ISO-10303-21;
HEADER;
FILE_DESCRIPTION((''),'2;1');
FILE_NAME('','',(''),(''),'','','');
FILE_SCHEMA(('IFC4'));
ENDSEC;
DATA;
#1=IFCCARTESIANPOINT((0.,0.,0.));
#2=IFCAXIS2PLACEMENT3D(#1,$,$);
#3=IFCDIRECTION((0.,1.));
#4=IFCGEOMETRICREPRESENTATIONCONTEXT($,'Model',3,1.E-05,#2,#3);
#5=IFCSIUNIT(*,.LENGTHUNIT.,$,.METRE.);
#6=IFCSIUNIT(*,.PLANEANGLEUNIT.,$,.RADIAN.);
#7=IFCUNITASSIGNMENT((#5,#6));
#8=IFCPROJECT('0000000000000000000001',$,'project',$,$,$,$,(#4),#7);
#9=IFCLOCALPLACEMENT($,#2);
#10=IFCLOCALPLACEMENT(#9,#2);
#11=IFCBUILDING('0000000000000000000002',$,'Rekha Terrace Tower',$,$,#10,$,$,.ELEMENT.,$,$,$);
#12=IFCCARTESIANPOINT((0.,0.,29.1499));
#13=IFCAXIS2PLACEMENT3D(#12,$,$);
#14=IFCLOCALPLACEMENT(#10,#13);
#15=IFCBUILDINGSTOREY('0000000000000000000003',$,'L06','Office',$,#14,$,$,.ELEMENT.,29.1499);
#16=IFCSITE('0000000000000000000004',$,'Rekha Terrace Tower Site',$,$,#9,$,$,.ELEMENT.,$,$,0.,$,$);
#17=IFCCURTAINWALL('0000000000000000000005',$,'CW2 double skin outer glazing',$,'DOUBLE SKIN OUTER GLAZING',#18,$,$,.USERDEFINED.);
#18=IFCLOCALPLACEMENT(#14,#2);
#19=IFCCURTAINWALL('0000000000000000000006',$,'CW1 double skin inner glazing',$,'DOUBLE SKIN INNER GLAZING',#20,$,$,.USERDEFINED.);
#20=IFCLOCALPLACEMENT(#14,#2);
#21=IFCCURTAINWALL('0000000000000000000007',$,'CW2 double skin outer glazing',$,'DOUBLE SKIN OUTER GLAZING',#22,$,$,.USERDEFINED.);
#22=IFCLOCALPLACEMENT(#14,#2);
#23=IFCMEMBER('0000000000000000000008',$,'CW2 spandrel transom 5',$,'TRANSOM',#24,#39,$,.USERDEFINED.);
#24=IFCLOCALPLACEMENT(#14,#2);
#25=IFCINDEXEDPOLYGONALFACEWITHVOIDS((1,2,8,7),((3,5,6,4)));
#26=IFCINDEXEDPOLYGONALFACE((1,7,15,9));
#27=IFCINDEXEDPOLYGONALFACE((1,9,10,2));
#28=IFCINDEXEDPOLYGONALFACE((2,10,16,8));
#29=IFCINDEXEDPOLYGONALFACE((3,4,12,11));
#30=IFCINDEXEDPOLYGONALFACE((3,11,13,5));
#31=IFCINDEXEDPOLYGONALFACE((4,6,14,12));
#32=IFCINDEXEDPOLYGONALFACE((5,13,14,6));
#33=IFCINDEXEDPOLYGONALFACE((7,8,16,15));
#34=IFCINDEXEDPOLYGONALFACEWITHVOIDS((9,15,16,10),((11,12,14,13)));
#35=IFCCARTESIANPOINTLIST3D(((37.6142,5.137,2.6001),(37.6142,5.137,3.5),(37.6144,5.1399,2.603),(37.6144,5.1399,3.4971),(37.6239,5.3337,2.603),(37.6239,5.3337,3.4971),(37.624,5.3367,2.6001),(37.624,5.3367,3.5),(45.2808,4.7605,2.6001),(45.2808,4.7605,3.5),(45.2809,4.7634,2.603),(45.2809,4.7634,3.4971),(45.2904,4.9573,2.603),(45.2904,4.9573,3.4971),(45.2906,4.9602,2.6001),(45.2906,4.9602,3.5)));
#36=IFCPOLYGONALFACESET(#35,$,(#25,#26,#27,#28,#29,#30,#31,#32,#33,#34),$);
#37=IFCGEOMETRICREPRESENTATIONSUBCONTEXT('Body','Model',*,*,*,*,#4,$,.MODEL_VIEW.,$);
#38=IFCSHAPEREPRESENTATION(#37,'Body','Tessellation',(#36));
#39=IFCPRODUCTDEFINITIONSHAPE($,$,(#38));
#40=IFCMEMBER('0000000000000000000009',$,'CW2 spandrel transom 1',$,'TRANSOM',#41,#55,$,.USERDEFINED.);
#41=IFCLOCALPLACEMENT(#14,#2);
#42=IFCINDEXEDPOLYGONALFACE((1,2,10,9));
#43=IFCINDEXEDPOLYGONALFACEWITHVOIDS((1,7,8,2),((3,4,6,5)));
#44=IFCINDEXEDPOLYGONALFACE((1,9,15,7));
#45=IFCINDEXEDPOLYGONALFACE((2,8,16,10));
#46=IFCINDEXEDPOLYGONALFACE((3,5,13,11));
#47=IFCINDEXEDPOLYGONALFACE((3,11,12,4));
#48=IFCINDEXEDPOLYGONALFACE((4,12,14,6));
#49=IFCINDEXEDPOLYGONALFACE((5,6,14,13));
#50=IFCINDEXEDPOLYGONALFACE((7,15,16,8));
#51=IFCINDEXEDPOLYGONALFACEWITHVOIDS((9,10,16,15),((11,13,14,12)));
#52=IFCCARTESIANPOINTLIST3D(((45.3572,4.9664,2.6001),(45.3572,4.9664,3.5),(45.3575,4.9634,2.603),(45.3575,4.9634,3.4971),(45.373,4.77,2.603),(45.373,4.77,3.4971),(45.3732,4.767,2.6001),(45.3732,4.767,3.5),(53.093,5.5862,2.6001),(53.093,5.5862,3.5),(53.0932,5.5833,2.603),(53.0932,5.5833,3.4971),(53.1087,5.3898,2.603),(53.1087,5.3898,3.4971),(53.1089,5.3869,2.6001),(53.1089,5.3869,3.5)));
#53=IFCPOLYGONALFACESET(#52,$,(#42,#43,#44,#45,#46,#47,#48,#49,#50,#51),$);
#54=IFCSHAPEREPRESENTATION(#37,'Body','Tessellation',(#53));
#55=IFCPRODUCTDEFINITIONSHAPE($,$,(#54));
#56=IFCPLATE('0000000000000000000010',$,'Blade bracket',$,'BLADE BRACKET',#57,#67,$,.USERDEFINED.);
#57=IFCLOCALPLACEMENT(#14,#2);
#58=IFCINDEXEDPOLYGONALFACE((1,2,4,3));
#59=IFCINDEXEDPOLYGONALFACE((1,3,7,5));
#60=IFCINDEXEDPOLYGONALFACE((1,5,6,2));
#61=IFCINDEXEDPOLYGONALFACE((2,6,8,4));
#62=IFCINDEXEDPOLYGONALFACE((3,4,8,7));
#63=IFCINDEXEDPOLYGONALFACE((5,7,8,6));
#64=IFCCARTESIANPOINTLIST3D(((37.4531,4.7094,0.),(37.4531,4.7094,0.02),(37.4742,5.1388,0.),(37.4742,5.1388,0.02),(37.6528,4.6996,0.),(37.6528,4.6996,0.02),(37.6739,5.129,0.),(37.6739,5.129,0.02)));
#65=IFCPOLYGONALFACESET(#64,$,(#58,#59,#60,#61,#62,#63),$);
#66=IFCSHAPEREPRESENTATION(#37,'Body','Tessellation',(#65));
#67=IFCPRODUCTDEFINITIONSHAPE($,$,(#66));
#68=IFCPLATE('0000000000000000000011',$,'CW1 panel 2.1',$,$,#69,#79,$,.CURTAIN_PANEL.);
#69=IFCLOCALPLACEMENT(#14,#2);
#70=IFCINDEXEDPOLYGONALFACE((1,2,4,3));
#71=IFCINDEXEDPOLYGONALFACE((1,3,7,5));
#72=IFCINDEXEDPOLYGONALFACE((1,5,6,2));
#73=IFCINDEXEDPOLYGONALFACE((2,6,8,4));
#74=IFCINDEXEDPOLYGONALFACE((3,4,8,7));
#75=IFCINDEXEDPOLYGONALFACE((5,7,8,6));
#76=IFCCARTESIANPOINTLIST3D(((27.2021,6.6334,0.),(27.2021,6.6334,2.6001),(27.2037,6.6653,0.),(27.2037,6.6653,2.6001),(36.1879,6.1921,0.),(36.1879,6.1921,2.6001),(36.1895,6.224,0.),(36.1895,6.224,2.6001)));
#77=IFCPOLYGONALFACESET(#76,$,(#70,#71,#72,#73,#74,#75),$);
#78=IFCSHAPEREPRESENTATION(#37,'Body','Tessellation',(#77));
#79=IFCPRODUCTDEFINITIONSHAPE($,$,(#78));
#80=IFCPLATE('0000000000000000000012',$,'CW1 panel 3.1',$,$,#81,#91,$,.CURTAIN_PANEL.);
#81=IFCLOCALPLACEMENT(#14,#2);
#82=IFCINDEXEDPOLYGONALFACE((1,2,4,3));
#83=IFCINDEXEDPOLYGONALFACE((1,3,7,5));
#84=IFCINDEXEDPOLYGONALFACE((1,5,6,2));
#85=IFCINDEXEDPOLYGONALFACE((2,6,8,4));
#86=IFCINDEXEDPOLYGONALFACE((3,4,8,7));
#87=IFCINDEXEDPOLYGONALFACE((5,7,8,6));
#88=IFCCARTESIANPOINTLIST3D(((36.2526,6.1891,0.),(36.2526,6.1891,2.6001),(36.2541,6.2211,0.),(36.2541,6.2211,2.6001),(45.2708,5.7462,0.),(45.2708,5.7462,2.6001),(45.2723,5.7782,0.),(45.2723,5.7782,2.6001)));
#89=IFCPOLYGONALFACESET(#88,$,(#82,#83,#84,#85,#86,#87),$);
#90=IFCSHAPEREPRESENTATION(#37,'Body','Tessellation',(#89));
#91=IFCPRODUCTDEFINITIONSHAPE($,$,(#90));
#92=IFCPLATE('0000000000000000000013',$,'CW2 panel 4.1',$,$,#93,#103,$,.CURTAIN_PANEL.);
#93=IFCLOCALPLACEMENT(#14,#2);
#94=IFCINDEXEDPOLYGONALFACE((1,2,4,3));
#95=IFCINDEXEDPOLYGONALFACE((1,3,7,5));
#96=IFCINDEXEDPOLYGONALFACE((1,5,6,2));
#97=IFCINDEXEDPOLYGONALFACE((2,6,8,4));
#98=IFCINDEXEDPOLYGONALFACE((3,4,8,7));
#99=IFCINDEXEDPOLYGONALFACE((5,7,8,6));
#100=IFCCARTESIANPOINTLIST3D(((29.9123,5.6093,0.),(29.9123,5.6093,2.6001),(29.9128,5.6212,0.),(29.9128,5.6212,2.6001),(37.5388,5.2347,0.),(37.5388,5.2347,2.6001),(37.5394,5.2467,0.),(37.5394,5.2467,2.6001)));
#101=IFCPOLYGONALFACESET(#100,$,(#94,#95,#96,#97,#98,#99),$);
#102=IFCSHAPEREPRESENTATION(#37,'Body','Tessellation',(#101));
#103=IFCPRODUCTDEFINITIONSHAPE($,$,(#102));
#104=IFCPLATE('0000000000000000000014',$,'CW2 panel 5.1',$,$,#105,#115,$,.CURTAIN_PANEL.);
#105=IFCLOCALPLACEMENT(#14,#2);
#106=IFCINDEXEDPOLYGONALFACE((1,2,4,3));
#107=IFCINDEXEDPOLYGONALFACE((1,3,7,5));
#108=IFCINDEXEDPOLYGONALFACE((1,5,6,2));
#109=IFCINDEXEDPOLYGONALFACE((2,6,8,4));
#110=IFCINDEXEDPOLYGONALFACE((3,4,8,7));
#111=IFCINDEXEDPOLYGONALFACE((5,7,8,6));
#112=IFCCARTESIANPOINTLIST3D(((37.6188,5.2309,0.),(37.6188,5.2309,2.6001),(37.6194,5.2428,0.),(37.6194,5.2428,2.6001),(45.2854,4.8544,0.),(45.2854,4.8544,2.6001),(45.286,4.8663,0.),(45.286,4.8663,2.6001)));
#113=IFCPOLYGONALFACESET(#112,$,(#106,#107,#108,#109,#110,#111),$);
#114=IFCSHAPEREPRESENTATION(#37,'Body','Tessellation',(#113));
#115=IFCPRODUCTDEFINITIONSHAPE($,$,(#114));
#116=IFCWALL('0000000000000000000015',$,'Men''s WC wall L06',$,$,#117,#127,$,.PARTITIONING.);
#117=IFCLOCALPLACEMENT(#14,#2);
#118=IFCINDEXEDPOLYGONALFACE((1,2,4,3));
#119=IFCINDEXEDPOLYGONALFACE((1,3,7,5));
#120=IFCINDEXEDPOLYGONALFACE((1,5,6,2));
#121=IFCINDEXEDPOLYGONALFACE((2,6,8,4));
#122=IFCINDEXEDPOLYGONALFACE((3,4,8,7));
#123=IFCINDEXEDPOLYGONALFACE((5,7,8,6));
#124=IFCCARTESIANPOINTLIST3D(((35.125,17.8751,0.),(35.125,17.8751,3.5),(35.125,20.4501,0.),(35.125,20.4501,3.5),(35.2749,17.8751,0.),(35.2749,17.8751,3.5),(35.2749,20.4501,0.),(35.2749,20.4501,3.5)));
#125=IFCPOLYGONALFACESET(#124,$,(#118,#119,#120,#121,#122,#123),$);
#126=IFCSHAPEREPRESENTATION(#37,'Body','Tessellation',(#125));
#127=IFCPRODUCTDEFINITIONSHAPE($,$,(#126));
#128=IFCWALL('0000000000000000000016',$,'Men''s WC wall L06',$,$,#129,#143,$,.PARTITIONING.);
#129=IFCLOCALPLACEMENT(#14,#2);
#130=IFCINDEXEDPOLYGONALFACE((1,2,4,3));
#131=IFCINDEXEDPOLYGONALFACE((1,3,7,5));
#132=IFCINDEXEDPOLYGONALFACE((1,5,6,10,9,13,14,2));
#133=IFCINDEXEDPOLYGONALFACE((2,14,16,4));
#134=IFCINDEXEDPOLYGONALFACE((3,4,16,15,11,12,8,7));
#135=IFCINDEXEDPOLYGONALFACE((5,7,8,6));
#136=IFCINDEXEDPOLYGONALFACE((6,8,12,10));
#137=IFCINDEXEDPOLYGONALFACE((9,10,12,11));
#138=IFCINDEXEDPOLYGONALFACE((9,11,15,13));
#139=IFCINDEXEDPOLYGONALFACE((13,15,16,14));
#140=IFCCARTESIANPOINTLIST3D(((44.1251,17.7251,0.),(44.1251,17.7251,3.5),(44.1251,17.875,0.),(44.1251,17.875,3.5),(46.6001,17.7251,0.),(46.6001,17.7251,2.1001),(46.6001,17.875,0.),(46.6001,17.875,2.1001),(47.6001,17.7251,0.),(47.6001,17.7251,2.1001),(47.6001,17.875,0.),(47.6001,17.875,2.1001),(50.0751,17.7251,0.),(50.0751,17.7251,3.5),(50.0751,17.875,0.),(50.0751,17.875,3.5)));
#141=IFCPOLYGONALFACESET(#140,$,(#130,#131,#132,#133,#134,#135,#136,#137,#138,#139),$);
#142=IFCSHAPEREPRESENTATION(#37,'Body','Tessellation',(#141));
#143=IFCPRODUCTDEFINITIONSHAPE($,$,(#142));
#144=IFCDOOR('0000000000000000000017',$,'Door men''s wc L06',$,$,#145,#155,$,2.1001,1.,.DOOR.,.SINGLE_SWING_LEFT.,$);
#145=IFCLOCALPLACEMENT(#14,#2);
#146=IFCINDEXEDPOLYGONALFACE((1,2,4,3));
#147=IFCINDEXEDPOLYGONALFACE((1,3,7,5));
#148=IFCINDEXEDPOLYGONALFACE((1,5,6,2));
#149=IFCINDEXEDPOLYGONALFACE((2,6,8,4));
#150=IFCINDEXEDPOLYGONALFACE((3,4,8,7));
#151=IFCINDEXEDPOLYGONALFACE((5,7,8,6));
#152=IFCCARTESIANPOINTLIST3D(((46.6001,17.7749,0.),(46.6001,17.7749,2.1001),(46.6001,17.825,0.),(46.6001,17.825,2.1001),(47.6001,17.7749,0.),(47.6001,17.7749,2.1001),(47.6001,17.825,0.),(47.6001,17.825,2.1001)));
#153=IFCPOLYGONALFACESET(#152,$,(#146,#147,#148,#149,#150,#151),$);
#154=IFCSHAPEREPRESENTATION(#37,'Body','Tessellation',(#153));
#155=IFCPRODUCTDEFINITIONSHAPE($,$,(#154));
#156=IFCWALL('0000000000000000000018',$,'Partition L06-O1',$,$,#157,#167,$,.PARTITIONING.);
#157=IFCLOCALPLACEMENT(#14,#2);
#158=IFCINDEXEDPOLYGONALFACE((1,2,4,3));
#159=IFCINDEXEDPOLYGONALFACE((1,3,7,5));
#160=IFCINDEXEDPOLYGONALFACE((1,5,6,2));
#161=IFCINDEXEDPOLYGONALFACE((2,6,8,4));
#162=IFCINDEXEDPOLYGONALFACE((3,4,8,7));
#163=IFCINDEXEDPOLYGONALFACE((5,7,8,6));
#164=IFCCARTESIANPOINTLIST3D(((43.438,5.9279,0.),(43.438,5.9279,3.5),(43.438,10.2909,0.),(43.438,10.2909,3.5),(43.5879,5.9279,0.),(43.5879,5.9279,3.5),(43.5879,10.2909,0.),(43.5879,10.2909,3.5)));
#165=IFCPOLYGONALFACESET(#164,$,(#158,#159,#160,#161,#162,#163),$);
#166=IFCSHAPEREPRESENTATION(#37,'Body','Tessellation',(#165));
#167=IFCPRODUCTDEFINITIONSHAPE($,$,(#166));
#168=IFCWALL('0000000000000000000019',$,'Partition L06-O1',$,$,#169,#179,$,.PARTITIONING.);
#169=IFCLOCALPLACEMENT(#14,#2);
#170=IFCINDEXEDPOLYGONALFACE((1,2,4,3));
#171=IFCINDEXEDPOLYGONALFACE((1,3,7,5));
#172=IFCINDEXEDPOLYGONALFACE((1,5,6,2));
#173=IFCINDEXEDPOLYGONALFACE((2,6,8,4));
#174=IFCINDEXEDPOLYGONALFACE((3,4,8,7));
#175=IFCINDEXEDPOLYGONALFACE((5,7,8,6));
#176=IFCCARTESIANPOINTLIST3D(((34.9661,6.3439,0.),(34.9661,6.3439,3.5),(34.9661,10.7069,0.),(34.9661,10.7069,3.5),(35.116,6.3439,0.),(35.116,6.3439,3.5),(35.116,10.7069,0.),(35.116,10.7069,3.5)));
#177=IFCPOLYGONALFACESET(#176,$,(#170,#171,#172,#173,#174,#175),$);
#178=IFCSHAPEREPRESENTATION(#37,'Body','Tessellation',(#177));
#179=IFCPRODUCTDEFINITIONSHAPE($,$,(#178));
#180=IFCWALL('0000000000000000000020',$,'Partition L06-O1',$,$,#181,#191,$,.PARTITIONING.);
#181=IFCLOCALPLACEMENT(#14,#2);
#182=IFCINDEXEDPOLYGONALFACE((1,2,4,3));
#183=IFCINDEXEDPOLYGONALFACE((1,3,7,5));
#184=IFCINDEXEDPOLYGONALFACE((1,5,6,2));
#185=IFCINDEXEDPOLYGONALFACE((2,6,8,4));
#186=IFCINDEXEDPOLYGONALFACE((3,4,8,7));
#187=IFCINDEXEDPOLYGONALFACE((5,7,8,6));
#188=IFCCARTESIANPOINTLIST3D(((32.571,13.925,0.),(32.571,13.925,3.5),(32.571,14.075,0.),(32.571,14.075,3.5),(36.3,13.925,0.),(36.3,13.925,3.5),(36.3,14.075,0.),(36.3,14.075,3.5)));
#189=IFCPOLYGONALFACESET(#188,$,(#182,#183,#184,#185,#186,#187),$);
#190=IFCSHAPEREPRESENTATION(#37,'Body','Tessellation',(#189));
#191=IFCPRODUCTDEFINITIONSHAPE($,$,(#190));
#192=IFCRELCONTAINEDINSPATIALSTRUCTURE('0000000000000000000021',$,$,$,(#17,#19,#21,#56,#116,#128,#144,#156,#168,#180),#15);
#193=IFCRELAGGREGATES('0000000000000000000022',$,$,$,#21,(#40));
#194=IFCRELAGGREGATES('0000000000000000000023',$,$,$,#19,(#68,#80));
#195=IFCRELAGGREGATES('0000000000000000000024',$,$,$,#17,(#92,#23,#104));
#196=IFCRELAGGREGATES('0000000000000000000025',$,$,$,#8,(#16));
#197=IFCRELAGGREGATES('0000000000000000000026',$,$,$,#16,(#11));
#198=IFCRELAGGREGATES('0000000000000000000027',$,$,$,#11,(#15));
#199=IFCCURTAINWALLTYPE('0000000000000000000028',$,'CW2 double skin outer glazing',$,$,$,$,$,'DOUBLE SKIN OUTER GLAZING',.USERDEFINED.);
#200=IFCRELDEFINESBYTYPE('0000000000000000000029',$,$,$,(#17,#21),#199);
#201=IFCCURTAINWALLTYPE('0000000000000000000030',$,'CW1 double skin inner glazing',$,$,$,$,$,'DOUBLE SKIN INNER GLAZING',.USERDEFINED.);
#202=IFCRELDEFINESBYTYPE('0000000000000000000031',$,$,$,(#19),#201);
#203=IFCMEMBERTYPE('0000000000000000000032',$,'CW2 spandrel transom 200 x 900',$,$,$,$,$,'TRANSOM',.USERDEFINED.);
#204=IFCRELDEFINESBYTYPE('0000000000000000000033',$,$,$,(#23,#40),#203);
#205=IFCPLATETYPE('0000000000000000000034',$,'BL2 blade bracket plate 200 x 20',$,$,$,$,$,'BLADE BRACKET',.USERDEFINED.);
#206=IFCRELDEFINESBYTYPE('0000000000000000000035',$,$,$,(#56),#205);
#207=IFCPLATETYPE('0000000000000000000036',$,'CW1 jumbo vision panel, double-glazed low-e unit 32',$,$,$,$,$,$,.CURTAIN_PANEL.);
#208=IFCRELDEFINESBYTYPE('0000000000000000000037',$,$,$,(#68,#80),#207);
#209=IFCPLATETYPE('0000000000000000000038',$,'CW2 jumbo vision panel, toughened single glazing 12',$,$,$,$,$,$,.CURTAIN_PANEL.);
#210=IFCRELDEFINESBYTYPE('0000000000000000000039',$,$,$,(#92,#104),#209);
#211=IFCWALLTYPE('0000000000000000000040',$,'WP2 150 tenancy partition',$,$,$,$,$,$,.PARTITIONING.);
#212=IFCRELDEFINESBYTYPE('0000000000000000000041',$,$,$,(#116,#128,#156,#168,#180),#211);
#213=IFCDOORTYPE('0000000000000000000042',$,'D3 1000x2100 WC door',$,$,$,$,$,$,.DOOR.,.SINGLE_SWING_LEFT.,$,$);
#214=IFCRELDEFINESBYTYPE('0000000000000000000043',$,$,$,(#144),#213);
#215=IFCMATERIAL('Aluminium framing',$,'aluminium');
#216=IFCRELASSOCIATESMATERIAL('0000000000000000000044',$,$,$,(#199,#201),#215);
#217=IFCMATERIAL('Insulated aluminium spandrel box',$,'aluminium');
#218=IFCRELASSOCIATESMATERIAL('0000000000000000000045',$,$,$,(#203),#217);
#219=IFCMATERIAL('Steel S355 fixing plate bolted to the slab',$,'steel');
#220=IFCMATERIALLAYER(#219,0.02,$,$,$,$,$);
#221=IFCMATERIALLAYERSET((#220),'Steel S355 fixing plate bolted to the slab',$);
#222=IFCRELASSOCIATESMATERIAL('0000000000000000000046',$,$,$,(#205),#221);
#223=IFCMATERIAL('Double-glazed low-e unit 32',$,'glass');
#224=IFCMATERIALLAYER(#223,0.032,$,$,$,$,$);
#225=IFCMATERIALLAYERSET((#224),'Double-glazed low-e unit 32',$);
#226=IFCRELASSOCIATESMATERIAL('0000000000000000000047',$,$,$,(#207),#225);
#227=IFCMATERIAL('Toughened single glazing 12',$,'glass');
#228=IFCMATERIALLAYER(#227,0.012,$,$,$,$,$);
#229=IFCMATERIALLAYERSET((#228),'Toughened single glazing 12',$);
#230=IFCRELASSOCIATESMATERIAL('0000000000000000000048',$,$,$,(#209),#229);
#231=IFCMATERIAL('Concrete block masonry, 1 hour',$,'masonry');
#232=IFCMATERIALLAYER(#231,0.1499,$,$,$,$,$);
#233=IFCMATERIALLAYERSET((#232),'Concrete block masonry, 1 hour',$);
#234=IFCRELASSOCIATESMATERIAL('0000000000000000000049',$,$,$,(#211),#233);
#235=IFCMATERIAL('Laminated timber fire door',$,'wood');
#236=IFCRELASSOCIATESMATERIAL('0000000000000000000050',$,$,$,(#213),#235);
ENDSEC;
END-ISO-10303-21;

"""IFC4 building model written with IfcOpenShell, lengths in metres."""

from ifc_helpers import new_model, si_unit, direction, frame, frame_2d, origin, origin_2d, place, context, subcontext, project, spatial, rectangle, hollow_rectangle, extrude, material, layer, layer_set, material_profile, profile_set, type_object, element, fill, aggregate, save


model = new_model("IFC4")

# Units and contexts
model_context = context("Model", 3, precision=1e-05, world=origin(), true_north=direction((0.0, 1.0)))
body_context = subcontext(model_context, "Body", "Model", "MODEL_VIEW")
ifc_project = project(units=[si_unit("LENGTHUNIT", "METRE"), si_unit("PLANEANGLEUNIT", "RADIAN")], contexts=[model_context])

# Site, building, storey
site_placement = place(None, origin())
site = spatial("IfcSite", under=ifc_project, at=site_placement, Name="Rekha Terrace Tower Site", CompositionType="ELEMENT", RefElevation=0.0)
building_placement = place(site_placement, origin())
building = spatial("IfcBuilding", under=site, at=building_placement, Name="Rekha Terrace Tower", CompositionType="ELEMENT")
storey_placement = place(building_placement, frame((0.0, 0.0, 29.1499)))
storey = spatial("IfcBuildingStorey", under=building, at=storey_placement, Name="L06", Description="Office", CompositionType="ELEMENT", Elevation=29.1499)

# Curtain walls
ifc_material_1 = material(Name="Aluminium framing", Category="aluminium")
curtain_wall_type_1 = type_object("IfcCurtainWallType", Name="CW2 double skin outer glazing", ElementType="DOUBLE SKIN OUTER GLAZING", PredefinedType="USERDEFINED", material=ifc_material_1)
curtain_wall_1_placement = place(storey_placement, origin())
curtain_wall_1 = element("IfcCurtainWall", 1, at=curtain_wall_1_placement, inside=storey, type_object=curtain_wall_type_1, Name="CW2 double skin outer glazing", ObjectType="DOUBLE SKIN OUTER GLAZING", PredefinedType="USERDEFINED")
curtain_wall_type_2 = type_object("IfcCurtainWallType", Name="CW1 double skin inner glazing", ElementType="DOUBLE SKIN INNER GLAZING", PredefinedType="USERDEFINED", material=ifc_material_1)
curtain_wall_2_placement = place(storey_placement, origin())
curtain_wall_2 = element("IfcCurtainWall", 2, at=curtain_wall_2_placement, inside=storey, type_object=curtain_wall_type_2, Name="CW1 double skin inner glazing", ObjectType="DOUBLE SKIN INNER GLAZING", PredefinedType="USERDEFINED")

# Shared definitions
ifc_material_2 = material(Name="Insulated aluminium spandrel box", Category="aluminium")

# Curtain wall
curtain_wall_3_placement = place(storey_placement, origin())
curtain_wall_3 = element("IfcCurtainWall", 3, at=curtain_wall_3_placement, inside=storey, type_object=curtain_wall_type_1, Name="CW2 double skin outer glazing", ObjectType="DOUBLE SKIN OUTER GLAZING", PredefinedType="USERDEFINED")

# Members
ifc_material_profile_1 = material_profile(ifc_material_2, hollow_rectangle(XDim=0.2, YDim=0.8999, WallThickness=0.0029, at=origin_2d()), Name="AL SPANDREL BOX 200x900")
ifc_profile_set_1 = profile_set([ifc_material_profile_1], Name="Insulated aluminium spandrel box")
member_type_1 = type_object("IfcMemberType", Name="CW2 spandrel transom 200 x 900", ElementType="TRANSOM", PredefinedType="USERDEFINED", material=ifc_profile_set_1)
member_1_placement = place(storey_placement, frame((37.6191, 5.2368, 3.05), z_axis=(0.998797, -0.049046, 0.0), x_axis=(0.049046, 0.998797, 0.0)))
member_1 = element("IfcMember", 4, at=member_1_placement, type_object=member_type_1, Name="CW2 spandrel transom 5", ObjectType="TRANSOM", PredefinedType="USERDEFINED", context=body_context, shape_type="SweptSolid", body=[
    extrude(hollow_rectangle(XDim=0.2, YDim=0.8999, WallThickness=0.0029, at=origin_2d()), origin(), (0.0, 0.0, 1.0), 7.6758),
])
member_2_placement = place(storey_placement, frame((45.3652, 4.8667, 3.05), z_axis=(0.996805, 0.079877, 0.0), x_axis=(-0.079877, 0.996805, 0.0)))
member_2 = element("IfcMember", 5, at=member_2_placement, type_object=member_type_1, Name="CW2 spandrel transom 1", ObjectType="TRANSOM", PredefinedType="USERDEFINED", context=body_context, shape_type="SweptSolid", body=[
    extrude(hollow_rectangle(XDim=0.2, YDim=0.8999, WallThickness=0.0029, at=origin_2d()), origin(), (0.0, 0.0, 1.0), 7.7605),
])
aggregate(curtain_wall_3, [member_2])

# Plates
ifc_material_3 = material(Name="Steel S355 fixing plate bolted to the slab", Category="steel")
ifc_layer_1 = layer(ifc_material_3, 0.02)
ifc_layer_set_1 = layer_set([ifc_layer_1], Name="Steel S355 fixing plate bolted to the slab")
plate_type_1 = type_object("IfcPlateType", Name="BL2 blade bracket plate 200 x 20", ElementType="BLADE BRACKET", PredefinedType="USERDEFINED", material=ifc_layer_set_1)
plate_1_placement = place(storey_placement, frame((37.5635, 4.9192, 0.0), z_axis=(0.0, 0.0, 1.0), x_axis=(-0.049052, -0.998796, 0.0)))
element("IfcPlate", 6, at=plate_1_placement, inside=storey, type_object=plate_type_1, Name="Blade bracket", ObjectType="BLADE BRACKET", PredefinedType="USERDEFINED", context=body_context, shape_type="SweptSolid", body=[
    extrude(rectangle(XDim=0.4299, YDim=0.2, at=origin_2d()), origin(), (0.0, 0.0, 1.0), 0.02),
])
ifc_material_4 = material(Name="Double-glazed low-e unit 32", Category="glass")
ifc_layer_2 = layer(ifc_material_4, 0.032)
ifc_layer_set_2 = layer_set([ifc_layer_2], Name="Double-glazed low-e unit 32")
plate_type_2 = type_object("IfcPlateType", Name="CW1 jumbo vision panel, double-glazed low-e unit 32", PredefinedType="CURTAIN_PANEL", material=ifc_layer_set_2)
plate_2_placement = place(storey_placement, frame((31.6958, 6.4287, 0.0), z_axis=(0.0, 0.0, 1.0), x_axis=(0.998796, -0.049052, 0.0)))
plate_2 = element("IfcPlate", 7, at=plate_2_placement, type_object=plate_type_2, Name="CW1 panel 2.1", PredefinedType="CURTAIN_PANEL", context=body_context, shape_type="SweptSolid", body=[
    extrude(rectangle(XDim=8.9966, YDim=0.032, at=origin_2d()), origin(), (0.0, 0.0, 1.0), 2.6001),
])
plate_3_placement = place(storey_placement, frame((40.7625, 5.9836, 0.0), z_axis=(0.0, 0.0, 1.0), x_axis=(0.998796, -0.049052, 0.0)))
plate_3 = element("IfcPlate", 8, at=plate_3_placement, type_object=plate_type_2, Name="CW1 panel 3.1", PredefinedType="CURTAIN_PANEL", context=body_context, shape_type="SweptSolid", body=[
    extrude(rectangle(XDim=9.0291, YDim=0.032, at=origin_2d()), origin(), (0.0, 0.0, 1.0), 2.6001),
])
aggregate(curtain_wall_2, [plate_2, plate_3])
ifc_material_5 = material(Name="Toughened single glazing 12", Category="glass")
ifc_layer_3 = layer(ifc_material_5, 0.012)
ifc_layer_set_3 = layer_set([ifc_layer_3], Name="Toughened single glazing 12")
plate_type_3 = type_object("IfcPlateType", Name="CW2 jumbo vision panel, toughened single glazing 12", PredefinedType="CURTAIN_PANEL", material=ifc_layer_set_3)
plate_4_placement = place(storey_placement, frame((33.7258, 5.428, 0.0), z_axis=(0.0, 0.0, 1.0), x_axis=(0.998796, -0.049052, 0.0)))
plate_4 = element("IfcPlate", 9, at=plate_4_placement, type_object=plate_type_3, Name="CW2 panel 4.1", PredefinedType="CURTAIN_PANEL", context=body_context, shape_type="SweptSolid", body=[
    extrude(rectangle(XDim=7.6357, YDim=0.012, at=origin_2d()), origin(), (0.0, 0.0, 1.0), 2.6001),
])
plate_5_placement = place(storey_placement, frame((41.4524, 5.0486, 0.0), z_axis=(0.0, 0.0, 1.0), x_axis=(0.998796, -0.049052, 0.0)))
plate_5 = element("IfcPlate", 10, at=plate_5_placement, type_object=plate_type_3, Name="CW2 panel 5.1", PredefinedType="CURTAIN_PANEL", context=body_context, shape_type="SweptSolid", body=[
    extrude(rectangle(XDim=7.6758, YDim=0.012, at=origin_2d()), origin(), (0.0, 0.0, 1.0), 2.6001),
])
aggregate(curtain_wall_1, [plate_4, member_1, plate_5])

# Wall
ifc_material_6 = material(Name="Concrete block masonry, 1 hour", Category="masonry")
ifc_layer_4 = layer(ifc_material_6, 0.1499)
ifc_layer_set_4 = layer_set([ifc_layer_4], Name="Concrete block masonry, 1 hour")
wall_type_1 = type_object("IfcWallType", Name="WP2 150 tenancy partition", PredefinedType="PARTITIONING", material=ifc_layer_set_4)
wall_1_placement = place(storey_placement, frame((35.2, 17.875, 0.0), z_axis=(0.0, 0.0, 1.0), x_axis=(0.0, 1.0, 0.0)))
element("IfcWall", 11, at=wall_1_placement, inside=storey, type_object=wall_type_1, Name="Men's WC wall L06", PredefinedType="PARTITIONING", context=body_context, shape_type="SweptSolid", body=[
    extrude(rectangle(XDim=2.575, YDim=0.1499, at=frame_2d((1.2876, 0.0))), origin(), (0.0, 0.0, 1.0), 3.5),
])

# Wall, opening, door
wall_2_placement = place(storey_placement, frame((44.125, 17.8, 0.0), z_axis=(0.0, 0.0, 1.0), x_axis=(1.0, 0.0, 0.0)))
wall_2 = element("IfcWall", 12, at=wall_2_placement, inside=storey, type_object=wall_type_1, Name="Men's WC wall L06", PredefinedType="PARTITIONING", context=body_context, shape_type="SweptSolid", body=[
    extrude(rectangle(XDim=5.95, YDim=0.1499, at=frame_2d((2.9751, 0.0))), origin(), (0.0, 0.0, 1.0), 3.5),
])
opening_1_placement = place(wall_2_placement, frame((2.4751, 0.0, 0.0)))
opening_1 = element("IfcOpeningElement", 13, at=opening_1_placement, cuts=wall_2, PredefinedType="OPENING", context=body_context, shape_type="SweptSolid", body=[
    extrude(rectangle(XDim=1.0, YDim=2.1001, at=frame_2d((0.5, 1.05))), frame((0.0, 0.085, 0.0), z_axis=(0.0, -1.0, 0.0), x_axis=(1.0, 0.0, 0.0)), (0.0, 0.0, 1.0), 0.1699),
])
ifc_material_7 = material(Name="Laminated timber fire door", Category="wood")
door_type_1 = type_object("IfcDoorType", Name="D3 1000x2100 WC door", OperationType="SINGLE_SWING_LEFT", PredefinedType="DOOR", material=ifc_material_7)
door_1_placement = place(opening_1_placement, origin())
door_1 = element("IfcDoor", 14, at=door_1_placement, inside=storey, type_object=door_type_1, Name="Door men's wc L06", OperationType="SINGLE_SWING_LEFT", OverallHeight=2.1001, OverallWidth=1.0, PredefinedType="DOOR", context=body_context, shape_type="SweptSolid", body=[
    extrude(rectangle(XDim=1.0, YDim=2.1001, at=frame_2d((0.5, 1.05))), frame((0.0, 0.0249, 0.0), z_axis=(0.0, -1.0, 0.0), x_axis=(1.0, 0.0, 0.0)), (0.0, 0.0, 1.0), 0.05),
])
fill(opening_1, door_1)

# Walls
for number, where, z_axis, x_axis, name in (
    (15, (43.5129, 10.291, 0.0), (0.0, 0.0, 1.0), (0.0, -1.0, 0.0), "Partition L06-O1"),
    (16, (35.041, 10.707, 0.0), (0.0, 0.0, 1.0), (0.0, -1.0, 0.0), "Partition L06-O1"),
):
    element("IfcWall", number, at=place(storey_placement, frame(where, z_axis=z_axis, x_axis=x_axis)), inside=storey, type_object=wall_type_1, Name=name, PredefinedType="PARTITIONING", context=body_context, shape_type="SweptSolid", body=[
        extrude(rectangle(XDim=4.363, YDim=0.1499, at=frame_2d((2.1816, 0.0))), origin(), (0.0, 0.0, 1.0), 3.5),
    ])
wall_3_placement = place(storey_placement, frame((32.571, 14.0, 0.0), z_axis=(0.0, 0.0, 1.0), x_axis=(1.0, 0.0, 0.0)))
element("IfcWall", 17, at=wall_3_placement, inside=storey, type_object=wall_type_1, Name="Partition L06-O1", PredefinedType="PARTITIONING", context=body_context, shape_type="SweptSolid", body=[
    extrude(rectangle(XDim=3.729, YDim=0.1499, at=frame_2d((1.8645, 0.0))), origin(), (0.0, 0.0, 1.0), 3.5),
])

save(model, "model.ifc")
